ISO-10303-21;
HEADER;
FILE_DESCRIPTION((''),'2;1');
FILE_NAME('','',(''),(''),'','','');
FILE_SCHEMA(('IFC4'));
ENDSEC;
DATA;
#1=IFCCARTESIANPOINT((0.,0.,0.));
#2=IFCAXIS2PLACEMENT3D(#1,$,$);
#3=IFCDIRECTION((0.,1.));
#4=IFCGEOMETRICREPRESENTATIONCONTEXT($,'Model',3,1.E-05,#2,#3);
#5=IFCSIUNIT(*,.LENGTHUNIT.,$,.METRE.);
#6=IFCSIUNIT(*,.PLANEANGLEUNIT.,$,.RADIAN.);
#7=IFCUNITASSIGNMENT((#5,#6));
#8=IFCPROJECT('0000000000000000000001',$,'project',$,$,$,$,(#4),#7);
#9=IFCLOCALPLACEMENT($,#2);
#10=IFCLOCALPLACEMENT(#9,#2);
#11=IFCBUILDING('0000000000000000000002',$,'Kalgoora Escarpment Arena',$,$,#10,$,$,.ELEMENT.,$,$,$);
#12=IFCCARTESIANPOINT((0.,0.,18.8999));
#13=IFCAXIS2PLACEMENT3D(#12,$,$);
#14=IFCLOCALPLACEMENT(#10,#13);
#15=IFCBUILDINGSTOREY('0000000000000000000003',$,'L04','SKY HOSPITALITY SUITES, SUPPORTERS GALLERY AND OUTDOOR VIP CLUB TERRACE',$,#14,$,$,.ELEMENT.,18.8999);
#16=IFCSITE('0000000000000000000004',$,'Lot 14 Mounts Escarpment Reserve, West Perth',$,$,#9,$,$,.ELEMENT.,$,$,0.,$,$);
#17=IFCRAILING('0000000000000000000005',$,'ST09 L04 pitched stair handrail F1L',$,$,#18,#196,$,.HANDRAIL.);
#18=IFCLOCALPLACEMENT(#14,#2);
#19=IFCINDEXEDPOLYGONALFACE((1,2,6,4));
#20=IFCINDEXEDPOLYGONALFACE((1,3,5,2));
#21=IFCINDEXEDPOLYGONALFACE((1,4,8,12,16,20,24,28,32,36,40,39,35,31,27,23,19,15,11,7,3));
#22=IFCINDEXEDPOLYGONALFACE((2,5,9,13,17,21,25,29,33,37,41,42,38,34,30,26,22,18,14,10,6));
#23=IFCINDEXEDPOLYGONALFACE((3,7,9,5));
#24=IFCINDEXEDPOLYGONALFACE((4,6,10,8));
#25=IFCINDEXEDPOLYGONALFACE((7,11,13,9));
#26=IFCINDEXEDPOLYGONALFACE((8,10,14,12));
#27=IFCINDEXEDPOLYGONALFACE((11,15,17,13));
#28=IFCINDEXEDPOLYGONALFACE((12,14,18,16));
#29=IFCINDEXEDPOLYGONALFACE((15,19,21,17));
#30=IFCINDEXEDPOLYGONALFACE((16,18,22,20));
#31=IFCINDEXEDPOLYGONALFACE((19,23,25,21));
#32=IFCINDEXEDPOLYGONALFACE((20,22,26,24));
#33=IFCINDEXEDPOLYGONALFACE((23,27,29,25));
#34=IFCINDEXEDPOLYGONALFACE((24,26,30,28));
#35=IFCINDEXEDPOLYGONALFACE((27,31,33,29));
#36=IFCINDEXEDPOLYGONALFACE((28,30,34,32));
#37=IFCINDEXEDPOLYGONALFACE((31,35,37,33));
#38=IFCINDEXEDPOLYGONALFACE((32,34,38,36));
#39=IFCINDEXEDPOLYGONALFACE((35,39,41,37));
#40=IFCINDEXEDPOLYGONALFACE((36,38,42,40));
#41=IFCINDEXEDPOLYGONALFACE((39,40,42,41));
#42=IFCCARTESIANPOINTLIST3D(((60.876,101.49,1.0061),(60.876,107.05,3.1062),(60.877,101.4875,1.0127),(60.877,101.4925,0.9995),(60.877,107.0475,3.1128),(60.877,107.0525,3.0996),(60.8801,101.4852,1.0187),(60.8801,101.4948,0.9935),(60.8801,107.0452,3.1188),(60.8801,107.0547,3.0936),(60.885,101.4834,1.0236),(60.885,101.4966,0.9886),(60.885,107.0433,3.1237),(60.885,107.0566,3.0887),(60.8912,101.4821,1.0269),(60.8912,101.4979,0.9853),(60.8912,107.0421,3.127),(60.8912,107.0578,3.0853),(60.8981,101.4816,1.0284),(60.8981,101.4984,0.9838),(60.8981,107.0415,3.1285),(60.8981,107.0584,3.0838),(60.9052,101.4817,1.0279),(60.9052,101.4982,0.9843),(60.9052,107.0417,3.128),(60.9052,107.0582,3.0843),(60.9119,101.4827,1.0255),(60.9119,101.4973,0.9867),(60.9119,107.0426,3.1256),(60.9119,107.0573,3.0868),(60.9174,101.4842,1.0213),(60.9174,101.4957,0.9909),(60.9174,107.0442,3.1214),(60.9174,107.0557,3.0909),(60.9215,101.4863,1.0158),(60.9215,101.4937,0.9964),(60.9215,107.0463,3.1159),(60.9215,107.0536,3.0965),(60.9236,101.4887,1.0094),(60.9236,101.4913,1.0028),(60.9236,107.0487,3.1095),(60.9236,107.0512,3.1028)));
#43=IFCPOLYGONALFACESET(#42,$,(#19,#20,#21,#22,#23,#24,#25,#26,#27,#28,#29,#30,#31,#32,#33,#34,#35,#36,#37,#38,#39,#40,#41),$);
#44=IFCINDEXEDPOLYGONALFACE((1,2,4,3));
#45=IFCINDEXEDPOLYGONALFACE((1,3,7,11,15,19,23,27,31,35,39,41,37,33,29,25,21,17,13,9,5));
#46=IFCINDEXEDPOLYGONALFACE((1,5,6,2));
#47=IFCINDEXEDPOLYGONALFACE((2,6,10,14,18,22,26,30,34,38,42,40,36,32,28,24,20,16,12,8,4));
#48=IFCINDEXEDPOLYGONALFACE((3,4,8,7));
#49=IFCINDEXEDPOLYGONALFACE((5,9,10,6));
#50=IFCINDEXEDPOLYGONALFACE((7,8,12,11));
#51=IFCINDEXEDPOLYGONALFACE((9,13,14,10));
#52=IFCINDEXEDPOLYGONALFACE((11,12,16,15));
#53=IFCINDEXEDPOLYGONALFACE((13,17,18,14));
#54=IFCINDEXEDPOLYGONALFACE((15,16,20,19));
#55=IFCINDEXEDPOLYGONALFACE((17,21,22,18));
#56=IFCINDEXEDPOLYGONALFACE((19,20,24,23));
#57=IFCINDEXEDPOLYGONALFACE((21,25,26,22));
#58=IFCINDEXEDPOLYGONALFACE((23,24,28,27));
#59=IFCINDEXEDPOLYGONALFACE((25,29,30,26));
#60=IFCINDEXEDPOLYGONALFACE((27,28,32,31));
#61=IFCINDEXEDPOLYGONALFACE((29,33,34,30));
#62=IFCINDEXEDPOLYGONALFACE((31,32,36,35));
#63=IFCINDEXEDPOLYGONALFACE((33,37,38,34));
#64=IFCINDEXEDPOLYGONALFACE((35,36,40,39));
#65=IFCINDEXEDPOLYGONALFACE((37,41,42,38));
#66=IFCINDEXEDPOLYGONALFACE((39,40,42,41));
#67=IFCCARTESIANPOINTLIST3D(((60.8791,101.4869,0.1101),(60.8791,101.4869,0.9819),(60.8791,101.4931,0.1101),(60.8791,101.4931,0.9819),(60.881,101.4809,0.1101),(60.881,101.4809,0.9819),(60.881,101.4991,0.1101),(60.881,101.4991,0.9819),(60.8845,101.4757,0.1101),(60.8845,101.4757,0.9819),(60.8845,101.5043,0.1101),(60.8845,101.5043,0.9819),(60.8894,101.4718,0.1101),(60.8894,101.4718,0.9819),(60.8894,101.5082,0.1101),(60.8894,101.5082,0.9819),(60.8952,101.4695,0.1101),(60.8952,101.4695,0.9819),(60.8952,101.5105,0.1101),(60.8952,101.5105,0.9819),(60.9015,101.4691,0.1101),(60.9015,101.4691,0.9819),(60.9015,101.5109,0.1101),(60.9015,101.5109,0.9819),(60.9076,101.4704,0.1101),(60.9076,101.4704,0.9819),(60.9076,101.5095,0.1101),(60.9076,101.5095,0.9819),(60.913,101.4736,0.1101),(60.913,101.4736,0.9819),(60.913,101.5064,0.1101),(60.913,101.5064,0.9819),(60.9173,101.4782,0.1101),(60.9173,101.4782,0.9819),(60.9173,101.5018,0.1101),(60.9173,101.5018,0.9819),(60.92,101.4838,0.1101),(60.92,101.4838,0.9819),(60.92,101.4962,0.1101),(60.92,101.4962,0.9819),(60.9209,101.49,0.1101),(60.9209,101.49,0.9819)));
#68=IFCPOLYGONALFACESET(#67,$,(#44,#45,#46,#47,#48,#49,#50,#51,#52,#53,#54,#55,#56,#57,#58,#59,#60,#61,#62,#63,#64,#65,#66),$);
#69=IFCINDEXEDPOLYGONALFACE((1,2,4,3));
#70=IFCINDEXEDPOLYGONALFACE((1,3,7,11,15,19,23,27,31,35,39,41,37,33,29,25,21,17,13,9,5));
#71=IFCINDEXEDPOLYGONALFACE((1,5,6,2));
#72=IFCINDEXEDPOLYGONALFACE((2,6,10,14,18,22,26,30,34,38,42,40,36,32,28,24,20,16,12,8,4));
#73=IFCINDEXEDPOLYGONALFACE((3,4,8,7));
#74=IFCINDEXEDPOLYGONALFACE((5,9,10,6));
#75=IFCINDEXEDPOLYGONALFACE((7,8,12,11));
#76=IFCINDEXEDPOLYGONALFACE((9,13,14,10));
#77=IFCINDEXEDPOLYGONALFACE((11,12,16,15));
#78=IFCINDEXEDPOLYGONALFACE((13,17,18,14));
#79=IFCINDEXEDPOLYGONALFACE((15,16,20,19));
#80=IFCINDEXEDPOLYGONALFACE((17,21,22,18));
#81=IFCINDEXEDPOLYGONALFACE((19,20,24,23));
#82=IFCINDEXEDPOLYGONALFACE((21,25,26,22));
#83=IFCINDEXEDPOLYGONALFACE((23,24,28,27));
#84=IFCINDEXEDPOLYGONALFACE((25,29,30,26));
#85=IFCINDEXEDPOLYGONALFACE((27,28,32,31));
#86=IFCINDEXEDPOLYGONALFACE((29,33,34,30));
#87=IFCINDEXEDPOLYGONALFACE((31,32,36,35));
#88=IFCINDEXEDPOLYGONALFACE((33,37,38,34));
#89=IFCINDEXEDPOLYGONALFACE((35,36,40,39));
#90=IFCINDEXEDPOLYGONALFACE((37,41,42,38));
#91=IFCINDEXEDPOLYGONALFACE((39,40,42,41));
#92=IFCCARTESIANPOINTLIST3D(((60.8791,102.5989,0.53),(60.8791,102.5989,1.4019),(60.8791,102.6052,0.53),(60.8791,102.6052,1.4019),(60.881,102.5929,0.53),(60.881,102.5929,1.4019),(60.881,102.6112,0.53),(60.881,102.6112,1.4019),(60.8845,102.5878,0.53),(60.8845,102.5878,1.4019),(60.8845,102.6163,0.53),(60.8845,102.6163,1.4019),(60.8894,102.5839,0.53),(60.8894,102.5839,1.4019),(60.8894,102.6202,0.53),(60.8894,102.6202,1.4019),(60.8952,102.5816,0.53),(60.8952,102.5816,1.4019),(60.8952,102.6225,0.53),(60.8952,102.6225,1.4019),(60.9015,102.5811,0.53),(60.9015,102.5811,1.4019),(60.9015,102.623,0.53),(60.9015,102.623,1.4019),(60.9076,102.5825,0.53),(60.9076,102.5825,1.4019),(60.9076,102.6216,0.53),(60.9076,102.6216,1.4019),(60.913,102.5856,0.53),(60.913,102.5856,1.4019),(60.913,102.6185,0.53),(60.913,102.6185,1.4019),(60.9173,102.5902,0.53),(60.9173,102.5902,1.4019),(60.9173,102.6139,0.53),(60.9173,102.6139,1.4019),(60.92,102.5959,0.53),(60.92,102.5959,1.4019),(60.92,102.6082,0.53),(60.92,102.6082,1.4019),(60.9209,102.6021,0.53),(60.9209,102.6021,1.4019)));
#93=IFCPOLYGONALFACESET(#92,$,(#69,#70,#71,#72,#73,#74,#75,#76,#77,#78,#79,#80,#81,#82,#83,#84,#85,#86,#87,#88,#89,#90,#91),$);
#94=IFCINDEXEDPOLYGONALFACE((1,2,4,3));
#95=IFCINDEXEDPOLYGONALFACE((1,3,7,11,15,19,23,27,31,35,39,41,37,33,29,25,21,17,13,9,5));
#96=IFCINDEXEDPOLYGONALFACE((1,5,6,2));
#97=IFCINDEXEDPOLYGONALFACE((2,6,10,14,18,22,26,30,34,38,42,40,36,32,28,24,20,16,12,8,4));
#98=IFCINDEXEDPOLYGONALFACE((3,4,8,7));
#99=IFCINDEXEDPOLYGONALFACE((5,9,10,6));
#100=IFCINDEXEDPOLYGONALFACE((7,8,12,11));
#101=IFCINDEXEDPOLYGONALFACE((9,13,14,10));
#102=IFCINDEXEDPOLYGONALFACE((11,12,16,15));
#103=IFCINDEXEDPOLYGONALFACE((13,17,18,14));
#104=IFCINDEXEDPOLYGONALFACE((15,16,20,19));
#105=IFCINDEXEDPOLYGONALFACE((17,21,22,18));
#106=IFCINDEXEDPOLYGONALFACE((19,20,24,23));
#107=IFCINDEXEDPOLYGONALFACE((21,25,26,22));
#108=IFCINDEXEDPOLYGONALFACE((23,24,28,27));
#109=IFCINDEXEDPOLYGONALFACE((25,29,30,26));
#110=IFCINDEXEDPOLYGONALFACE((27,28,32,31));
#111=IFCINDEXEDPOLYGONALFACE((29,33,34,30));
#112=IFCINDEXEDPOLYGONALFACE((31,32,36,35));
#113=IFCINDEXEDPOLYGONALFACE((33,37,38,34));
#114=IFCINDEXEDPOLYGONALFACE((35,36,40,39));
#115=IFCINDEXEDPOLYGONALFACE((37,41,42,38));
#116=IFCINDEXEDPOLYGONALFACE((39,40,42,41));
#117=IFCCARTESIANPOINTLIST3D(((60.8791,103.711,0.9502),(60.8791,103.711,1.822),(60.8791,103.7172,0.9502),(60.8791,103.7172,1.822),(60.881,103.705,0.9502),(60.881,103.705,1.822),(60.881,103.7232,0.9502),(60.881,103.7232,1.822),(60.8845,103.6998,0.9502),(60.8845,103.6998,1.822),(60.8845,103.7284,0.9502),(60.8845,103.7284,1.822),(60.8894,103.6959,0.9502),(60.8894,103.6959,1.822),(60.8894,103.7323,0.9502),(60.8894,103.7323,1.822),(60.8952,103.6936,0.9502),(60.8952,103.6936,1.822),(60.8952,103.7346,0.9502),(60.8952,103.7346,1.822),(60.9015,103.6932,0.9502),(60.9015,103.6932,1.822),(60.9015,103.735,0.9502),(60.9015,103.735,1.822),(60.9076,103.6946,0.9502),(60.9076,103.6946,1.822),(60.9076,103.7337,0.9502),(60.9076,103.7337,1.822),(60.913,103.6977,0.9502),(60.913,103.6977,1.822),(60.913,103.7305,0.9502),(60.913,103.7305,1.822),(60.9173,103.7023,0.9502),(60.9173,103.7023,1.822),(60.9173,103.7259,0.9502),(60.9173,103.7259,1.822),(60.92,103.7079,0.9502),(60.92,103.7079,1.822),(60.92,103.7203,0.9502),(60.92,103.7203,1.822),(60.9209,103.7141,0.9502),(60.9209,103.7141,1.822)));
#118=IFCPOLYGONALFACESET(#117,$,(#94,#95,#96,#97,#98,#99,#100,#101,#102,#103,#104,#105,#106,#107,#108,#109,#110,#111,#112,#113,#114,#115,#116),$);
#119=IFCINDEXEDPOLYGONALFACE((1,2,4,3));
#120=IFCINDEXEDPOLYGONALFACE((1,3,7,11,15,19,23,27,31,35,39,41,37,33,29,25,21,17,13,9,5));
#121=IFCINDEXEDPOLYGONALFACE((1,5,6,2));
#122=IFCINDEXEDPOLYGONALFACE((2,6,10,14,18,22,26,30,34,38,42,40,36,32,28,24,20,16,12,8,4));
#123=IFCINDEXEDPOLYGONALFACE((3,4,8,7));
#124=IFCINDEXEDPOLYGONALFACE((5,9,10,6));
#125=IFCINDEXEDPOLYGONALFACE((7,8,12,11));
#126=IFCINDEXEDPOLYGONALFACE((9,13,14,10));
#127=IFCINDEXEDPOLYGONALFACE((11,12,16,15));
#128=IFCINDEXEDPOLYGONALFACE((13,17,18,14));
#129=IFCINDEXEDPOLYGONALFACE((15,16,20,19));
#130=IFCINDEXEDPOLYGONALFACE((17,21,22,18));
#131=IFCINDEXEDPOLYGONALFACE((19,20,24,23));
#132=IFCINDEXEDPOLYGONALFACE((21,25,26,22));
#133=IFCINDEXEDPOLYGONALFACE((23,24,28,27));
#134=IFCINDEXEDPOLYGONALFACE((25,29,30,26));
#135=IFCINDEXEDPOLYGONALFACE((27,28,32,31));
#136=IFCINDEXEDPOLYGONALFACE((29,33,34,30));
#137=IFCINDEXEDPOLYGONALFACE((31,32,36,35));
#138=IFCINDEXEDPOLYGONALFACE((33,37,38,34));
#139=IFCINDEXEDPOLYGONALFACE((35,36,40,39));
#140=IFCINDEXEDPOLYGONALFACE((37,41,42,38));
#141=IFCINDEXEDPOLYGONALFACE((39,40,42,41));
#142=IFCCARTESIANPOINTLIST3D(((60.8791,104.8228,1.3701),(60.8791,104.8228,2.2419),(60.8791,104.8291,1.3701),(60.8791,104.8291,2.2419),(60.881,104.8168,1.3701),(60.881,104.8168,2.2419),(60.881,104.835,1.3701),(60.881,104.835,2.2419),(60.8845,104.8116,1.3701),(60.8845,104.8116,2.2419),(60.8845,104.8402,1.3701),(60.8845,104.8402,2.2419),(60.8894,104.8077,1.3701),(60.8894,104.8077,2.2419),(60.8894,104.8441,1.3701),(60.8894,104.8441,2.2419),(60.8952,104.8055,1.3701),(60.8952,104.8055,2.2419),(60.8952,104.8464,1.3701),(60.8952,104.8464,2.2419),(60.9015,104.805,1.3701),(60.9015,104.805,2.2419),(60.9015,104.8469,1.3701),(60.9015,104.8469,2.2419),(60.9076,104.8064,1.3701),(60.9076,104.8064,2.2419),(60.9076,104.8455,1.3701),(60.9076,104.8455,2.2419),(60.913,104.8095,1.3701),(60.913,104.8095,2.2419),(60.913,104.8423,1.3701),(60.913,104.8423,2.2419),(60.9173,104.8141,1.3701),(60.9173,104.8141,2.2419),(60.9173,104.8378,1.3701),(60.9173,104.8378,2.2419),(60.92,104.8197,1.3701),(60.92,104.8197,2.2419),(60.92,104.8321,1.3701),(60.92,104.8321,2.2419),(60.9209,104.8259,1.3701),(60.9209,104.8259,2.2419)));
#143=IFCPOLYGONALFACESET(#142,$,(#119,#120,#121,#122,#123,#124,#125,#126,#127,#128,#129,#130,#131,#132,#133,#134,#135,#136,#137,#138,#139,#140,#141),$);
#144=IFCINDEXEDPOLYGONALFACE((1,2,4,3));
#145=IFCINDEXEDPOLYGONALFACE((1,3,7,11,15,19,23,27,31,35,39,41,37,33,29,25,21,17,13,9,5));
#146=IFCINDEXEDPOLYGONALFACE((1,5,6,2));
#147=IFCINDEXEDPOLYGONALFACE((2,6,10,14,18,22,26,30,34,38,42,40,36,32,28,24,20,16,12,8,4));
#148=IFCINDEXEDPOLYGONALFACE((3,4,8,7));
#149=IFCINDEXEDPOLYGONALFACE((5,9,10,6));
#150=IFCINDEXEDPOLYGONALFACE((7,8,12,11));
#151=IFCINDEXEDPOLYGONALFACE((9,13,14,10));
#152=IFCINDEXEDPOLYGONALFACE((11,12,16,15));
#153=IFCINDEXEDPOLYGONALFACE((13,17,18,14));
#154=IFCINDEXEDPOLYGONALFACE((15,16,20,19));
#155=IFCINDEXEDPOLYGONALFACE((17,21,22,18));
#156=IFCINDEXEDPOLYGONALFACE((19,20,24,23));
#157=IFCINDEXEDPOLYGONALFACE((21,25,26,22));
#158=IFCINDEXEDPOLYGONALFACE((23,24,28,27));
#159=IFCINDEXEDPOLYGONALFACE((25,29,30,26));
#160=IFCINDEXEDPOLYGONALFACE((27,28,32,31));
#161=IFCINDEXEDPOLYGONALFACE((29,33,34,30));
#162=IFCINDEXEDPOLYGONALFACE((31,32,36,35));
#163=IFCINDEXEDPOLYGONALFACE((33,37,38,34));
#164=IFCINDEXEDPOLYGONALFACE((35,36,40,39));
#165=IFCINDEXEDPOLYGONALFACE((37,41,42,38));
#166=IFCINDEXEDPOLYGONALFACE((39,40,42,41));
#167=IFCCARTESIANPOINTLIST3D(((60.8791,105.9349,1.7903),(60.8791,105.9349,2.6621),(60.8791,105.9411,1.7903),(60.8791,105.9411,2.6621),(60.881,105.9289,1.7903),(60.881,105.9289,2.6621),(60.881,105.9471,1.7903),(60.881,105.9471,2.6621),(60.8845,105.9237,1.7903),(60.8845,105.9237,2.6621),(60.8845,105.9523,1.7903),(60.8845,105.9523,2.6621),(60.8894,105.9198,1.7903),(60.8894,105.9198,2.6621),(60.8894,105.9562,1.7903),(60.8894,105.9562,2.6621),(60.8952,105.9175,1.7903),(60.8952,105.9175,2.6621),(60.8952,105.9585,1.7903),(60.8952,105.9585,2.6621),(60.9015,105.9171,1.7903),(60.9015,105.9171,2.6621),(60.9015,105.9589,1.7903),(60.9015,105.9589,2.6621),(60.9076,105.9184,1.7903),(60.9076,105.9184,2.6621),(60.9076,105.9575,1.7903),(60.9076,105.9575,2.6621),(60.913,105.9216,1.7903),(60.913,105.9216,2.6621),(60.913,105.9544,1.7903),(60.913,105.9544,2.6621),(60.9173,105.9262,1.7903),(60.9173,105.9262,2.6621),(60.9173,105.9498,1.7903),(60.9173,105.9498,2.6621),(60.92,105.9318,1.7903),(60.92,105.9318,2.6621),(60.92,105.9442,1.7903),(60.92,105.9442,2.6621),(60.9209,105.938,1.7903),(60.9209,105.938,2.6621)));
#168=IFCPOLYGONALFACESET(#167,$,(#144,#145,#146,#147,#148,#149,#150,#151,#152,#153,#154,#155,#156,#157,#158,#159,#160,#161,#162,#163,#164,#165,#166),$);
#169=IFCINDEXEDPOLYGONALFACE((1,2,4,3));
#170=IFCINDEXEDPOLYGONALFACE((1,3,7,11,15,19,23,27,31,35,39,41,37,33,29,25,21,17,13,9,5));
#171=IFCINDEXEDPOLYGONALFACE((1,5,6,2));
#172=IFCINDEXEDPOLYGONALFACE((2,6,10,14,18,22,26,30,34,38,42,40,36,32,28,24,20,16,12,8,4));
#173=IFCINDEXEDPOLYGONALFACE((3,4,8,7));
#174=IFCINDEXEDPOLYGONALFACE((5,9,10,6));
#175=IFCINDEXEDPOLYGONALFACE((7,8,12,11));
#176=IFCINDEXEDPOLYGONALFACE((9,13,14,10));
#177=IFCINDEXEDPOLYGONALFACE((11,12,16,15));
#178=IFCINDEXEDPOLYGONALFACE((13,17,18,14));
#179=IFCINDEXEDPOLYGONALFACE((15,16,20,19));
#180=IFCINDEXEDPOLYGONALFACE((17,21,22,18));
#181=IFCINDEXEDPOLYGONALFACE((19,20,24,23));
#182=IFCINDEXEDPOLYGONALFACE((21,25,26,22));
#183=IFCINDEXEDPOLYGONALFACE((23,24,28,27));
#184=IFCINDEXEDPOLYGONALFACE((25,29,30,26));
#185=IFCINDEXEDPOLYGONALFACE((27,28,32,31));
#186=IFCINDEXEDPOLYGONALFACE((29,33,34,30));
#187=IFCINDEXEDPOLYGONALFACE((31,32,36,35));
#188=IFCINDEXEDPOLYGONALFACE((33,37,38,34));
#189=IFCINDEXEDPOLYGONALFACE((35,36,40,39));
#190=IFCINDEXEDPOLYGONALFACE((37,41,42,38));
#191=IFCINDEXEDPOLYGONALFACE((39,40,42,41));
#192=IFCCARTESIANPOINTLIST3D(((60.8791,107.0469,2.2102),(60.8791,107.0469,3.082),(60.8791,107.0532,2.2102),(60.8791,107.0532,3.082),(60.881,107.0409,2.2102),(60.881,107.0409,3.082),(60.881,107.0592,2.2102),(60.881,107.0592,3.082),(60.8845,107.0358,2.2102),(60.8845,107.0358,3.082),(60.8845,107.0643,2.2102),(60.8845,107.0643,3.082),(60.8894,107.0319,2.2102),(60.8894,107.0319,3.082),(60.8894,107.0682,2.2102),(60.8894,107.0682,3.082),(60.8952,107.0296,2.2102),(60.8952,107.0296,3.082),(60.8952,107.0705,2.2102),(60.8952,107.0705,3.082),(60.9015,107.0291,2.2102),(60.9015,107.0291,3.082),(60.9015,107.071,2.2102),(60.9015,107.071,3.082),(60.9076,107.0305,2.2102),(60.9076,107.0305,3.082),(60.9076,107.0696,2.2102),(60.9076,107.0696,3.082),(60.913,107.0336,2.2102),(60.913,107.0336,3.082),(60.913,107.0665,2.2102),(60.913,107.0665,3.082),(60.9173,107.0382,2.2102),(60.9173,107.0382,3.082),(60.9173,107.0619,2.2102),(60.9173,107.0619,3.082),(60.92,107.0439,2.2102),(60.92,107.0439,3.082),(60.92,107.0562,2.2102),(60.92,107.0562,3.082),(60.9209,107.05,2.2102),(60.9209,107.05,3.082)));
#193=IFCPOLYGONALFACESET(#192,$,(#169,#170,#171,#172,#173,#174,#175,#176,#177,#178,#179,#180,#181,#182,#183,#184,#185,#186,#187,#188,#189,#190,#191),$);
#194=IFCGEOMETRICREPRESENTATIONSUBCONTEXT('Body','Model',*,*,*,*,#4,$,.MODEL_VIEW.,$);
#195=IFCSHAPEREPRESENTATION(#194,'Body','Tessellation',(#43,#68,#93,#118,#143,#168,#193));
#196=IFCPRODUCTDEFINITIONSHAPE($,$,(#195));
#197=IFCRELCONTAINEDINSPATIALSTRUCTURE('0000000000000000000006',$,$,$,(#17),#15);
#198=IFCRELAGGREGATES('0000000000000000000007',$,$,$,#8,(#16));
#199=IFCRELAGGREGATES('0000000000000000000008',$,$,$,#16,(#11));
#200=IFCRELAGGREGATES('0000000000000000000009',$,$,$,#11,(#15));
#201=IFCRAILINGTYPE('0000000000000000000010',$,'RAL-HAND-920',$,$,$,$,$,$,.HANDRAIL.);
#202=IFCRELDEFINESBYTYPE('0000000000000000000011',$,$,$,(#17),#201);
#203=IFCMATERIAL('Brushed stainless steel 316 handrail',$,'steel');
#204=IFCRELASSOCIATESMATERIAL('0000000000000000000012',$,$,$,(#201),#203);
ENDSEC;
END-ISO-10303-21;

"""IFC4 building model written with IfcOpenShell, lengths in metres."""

from ifc_helpers import new_model, si_unit, direction, frame, origin, origin_2d, place, context, subcontext, project, spatial, circle, extrude, material, type_object, element, save


model = new_model("IFC4")

# Units and contexts
model_context = context("Model", 3, precision=1e-05, world=origin(), true_north=direction((0.0, 1.0)))
body_context = subcontext(model_context, "Body", "Model", "MODEL_VIEW")
ifc_project = project(units=[si_unit("LENGTHUNIT", "METRE"), si_unit("PLANEANGLEUNIT", "RADIAN")], contexts=[model_context])

# Site, building, storey
site_placement = place(None, origin())
site = spatial("IfcSite", under=ifc_project, at=site_placement, Name="Lot 14 Mounts Escarpment Reserve, West Perth", CompositionType="ELEMENT", RefElevation=0.0)
building_placement = place(site_placement, origin())
building = spatial("IfcBuilding", under=site, at=building_placement, Name="Kalgoora Escarpment Arena", CompositionType="ELEMENT")
storey_placement = place(building_placement, frame((0.0, 0.0, 18.8999)))
storey = spatial("IfcBuildingStorey", under=building, at=storey_placement, Name="L04", Description="SKY HOSPITALITY SUITES, SUPPORTERS GALLERY AND OUTDOOR VIP CLUB TERRACE", CompositionType="ELEMENT", Elevation=18.8999)

# Railing
ifc_material_1 = material(Name="Brushed stainless steel 316 handrail", Category="steel")
railing_type_1 = type_object("IfcRailingType", Name="RAL-HAND-920", PredefinedType="HANDRAIL", material=ifc_material_1)
railing_1_placement = place(storey_placement, frame((60.8999, 101.49, 0.1101)))
element("IfcRailing", 1, at=railing_1_placement, inside=storey, type_object=railing_type_1, Name="ST09 L04 pitched stair handrail F1L", PredefinedType="HANDRAIL", context=body_context, shape_type="SweptSolid", body=[
    extrude(circle(Radius=0.0239, at=origin_2d()), frame((0.0, 0.0, 0.896), z_axis=(0.0, 0.935493, 0.353346), x_axis=(-1.0, 0.0, 0.0)), (0.0, 0.0, 1.0), 5.9434),
    extrude(circle(Radius=0.021, at=origin_2d()), origin(), (0.0, 0.0, 1.0), 0.8718),
    extrude(circle(Radius=0.021, at=origin_2d()), frame((0.0, 1.1121, 0.4199)), (0.0, 0.0, 1.0), 0.8718),
    extrude(circle(Radius=0.021, at=origin_2d()), frame((0.0, 2.2241, 0.8401)), (0.0, 0.0, 1.0), 0.8718),
    extrude(circle(Radius=0.021, at=origin_2d()), frame((0.0, 3.3359, 1.26)), (0.0, 0.0, 1.0), 0.8718),
    extrude(circle(Radius=0.021, at=origin_2d()), frame((0.0, 4.448, 1.6802)), (0.0, 0.0, 1.0), 0.8718),
    extrude(circle(Radius=0.021, at=origin_2d()), frame((0.0, 5.5601, 2.1001)), (0.0, 0.0, 1.0), 0.8718),
])

save(model, "model.ifc")
